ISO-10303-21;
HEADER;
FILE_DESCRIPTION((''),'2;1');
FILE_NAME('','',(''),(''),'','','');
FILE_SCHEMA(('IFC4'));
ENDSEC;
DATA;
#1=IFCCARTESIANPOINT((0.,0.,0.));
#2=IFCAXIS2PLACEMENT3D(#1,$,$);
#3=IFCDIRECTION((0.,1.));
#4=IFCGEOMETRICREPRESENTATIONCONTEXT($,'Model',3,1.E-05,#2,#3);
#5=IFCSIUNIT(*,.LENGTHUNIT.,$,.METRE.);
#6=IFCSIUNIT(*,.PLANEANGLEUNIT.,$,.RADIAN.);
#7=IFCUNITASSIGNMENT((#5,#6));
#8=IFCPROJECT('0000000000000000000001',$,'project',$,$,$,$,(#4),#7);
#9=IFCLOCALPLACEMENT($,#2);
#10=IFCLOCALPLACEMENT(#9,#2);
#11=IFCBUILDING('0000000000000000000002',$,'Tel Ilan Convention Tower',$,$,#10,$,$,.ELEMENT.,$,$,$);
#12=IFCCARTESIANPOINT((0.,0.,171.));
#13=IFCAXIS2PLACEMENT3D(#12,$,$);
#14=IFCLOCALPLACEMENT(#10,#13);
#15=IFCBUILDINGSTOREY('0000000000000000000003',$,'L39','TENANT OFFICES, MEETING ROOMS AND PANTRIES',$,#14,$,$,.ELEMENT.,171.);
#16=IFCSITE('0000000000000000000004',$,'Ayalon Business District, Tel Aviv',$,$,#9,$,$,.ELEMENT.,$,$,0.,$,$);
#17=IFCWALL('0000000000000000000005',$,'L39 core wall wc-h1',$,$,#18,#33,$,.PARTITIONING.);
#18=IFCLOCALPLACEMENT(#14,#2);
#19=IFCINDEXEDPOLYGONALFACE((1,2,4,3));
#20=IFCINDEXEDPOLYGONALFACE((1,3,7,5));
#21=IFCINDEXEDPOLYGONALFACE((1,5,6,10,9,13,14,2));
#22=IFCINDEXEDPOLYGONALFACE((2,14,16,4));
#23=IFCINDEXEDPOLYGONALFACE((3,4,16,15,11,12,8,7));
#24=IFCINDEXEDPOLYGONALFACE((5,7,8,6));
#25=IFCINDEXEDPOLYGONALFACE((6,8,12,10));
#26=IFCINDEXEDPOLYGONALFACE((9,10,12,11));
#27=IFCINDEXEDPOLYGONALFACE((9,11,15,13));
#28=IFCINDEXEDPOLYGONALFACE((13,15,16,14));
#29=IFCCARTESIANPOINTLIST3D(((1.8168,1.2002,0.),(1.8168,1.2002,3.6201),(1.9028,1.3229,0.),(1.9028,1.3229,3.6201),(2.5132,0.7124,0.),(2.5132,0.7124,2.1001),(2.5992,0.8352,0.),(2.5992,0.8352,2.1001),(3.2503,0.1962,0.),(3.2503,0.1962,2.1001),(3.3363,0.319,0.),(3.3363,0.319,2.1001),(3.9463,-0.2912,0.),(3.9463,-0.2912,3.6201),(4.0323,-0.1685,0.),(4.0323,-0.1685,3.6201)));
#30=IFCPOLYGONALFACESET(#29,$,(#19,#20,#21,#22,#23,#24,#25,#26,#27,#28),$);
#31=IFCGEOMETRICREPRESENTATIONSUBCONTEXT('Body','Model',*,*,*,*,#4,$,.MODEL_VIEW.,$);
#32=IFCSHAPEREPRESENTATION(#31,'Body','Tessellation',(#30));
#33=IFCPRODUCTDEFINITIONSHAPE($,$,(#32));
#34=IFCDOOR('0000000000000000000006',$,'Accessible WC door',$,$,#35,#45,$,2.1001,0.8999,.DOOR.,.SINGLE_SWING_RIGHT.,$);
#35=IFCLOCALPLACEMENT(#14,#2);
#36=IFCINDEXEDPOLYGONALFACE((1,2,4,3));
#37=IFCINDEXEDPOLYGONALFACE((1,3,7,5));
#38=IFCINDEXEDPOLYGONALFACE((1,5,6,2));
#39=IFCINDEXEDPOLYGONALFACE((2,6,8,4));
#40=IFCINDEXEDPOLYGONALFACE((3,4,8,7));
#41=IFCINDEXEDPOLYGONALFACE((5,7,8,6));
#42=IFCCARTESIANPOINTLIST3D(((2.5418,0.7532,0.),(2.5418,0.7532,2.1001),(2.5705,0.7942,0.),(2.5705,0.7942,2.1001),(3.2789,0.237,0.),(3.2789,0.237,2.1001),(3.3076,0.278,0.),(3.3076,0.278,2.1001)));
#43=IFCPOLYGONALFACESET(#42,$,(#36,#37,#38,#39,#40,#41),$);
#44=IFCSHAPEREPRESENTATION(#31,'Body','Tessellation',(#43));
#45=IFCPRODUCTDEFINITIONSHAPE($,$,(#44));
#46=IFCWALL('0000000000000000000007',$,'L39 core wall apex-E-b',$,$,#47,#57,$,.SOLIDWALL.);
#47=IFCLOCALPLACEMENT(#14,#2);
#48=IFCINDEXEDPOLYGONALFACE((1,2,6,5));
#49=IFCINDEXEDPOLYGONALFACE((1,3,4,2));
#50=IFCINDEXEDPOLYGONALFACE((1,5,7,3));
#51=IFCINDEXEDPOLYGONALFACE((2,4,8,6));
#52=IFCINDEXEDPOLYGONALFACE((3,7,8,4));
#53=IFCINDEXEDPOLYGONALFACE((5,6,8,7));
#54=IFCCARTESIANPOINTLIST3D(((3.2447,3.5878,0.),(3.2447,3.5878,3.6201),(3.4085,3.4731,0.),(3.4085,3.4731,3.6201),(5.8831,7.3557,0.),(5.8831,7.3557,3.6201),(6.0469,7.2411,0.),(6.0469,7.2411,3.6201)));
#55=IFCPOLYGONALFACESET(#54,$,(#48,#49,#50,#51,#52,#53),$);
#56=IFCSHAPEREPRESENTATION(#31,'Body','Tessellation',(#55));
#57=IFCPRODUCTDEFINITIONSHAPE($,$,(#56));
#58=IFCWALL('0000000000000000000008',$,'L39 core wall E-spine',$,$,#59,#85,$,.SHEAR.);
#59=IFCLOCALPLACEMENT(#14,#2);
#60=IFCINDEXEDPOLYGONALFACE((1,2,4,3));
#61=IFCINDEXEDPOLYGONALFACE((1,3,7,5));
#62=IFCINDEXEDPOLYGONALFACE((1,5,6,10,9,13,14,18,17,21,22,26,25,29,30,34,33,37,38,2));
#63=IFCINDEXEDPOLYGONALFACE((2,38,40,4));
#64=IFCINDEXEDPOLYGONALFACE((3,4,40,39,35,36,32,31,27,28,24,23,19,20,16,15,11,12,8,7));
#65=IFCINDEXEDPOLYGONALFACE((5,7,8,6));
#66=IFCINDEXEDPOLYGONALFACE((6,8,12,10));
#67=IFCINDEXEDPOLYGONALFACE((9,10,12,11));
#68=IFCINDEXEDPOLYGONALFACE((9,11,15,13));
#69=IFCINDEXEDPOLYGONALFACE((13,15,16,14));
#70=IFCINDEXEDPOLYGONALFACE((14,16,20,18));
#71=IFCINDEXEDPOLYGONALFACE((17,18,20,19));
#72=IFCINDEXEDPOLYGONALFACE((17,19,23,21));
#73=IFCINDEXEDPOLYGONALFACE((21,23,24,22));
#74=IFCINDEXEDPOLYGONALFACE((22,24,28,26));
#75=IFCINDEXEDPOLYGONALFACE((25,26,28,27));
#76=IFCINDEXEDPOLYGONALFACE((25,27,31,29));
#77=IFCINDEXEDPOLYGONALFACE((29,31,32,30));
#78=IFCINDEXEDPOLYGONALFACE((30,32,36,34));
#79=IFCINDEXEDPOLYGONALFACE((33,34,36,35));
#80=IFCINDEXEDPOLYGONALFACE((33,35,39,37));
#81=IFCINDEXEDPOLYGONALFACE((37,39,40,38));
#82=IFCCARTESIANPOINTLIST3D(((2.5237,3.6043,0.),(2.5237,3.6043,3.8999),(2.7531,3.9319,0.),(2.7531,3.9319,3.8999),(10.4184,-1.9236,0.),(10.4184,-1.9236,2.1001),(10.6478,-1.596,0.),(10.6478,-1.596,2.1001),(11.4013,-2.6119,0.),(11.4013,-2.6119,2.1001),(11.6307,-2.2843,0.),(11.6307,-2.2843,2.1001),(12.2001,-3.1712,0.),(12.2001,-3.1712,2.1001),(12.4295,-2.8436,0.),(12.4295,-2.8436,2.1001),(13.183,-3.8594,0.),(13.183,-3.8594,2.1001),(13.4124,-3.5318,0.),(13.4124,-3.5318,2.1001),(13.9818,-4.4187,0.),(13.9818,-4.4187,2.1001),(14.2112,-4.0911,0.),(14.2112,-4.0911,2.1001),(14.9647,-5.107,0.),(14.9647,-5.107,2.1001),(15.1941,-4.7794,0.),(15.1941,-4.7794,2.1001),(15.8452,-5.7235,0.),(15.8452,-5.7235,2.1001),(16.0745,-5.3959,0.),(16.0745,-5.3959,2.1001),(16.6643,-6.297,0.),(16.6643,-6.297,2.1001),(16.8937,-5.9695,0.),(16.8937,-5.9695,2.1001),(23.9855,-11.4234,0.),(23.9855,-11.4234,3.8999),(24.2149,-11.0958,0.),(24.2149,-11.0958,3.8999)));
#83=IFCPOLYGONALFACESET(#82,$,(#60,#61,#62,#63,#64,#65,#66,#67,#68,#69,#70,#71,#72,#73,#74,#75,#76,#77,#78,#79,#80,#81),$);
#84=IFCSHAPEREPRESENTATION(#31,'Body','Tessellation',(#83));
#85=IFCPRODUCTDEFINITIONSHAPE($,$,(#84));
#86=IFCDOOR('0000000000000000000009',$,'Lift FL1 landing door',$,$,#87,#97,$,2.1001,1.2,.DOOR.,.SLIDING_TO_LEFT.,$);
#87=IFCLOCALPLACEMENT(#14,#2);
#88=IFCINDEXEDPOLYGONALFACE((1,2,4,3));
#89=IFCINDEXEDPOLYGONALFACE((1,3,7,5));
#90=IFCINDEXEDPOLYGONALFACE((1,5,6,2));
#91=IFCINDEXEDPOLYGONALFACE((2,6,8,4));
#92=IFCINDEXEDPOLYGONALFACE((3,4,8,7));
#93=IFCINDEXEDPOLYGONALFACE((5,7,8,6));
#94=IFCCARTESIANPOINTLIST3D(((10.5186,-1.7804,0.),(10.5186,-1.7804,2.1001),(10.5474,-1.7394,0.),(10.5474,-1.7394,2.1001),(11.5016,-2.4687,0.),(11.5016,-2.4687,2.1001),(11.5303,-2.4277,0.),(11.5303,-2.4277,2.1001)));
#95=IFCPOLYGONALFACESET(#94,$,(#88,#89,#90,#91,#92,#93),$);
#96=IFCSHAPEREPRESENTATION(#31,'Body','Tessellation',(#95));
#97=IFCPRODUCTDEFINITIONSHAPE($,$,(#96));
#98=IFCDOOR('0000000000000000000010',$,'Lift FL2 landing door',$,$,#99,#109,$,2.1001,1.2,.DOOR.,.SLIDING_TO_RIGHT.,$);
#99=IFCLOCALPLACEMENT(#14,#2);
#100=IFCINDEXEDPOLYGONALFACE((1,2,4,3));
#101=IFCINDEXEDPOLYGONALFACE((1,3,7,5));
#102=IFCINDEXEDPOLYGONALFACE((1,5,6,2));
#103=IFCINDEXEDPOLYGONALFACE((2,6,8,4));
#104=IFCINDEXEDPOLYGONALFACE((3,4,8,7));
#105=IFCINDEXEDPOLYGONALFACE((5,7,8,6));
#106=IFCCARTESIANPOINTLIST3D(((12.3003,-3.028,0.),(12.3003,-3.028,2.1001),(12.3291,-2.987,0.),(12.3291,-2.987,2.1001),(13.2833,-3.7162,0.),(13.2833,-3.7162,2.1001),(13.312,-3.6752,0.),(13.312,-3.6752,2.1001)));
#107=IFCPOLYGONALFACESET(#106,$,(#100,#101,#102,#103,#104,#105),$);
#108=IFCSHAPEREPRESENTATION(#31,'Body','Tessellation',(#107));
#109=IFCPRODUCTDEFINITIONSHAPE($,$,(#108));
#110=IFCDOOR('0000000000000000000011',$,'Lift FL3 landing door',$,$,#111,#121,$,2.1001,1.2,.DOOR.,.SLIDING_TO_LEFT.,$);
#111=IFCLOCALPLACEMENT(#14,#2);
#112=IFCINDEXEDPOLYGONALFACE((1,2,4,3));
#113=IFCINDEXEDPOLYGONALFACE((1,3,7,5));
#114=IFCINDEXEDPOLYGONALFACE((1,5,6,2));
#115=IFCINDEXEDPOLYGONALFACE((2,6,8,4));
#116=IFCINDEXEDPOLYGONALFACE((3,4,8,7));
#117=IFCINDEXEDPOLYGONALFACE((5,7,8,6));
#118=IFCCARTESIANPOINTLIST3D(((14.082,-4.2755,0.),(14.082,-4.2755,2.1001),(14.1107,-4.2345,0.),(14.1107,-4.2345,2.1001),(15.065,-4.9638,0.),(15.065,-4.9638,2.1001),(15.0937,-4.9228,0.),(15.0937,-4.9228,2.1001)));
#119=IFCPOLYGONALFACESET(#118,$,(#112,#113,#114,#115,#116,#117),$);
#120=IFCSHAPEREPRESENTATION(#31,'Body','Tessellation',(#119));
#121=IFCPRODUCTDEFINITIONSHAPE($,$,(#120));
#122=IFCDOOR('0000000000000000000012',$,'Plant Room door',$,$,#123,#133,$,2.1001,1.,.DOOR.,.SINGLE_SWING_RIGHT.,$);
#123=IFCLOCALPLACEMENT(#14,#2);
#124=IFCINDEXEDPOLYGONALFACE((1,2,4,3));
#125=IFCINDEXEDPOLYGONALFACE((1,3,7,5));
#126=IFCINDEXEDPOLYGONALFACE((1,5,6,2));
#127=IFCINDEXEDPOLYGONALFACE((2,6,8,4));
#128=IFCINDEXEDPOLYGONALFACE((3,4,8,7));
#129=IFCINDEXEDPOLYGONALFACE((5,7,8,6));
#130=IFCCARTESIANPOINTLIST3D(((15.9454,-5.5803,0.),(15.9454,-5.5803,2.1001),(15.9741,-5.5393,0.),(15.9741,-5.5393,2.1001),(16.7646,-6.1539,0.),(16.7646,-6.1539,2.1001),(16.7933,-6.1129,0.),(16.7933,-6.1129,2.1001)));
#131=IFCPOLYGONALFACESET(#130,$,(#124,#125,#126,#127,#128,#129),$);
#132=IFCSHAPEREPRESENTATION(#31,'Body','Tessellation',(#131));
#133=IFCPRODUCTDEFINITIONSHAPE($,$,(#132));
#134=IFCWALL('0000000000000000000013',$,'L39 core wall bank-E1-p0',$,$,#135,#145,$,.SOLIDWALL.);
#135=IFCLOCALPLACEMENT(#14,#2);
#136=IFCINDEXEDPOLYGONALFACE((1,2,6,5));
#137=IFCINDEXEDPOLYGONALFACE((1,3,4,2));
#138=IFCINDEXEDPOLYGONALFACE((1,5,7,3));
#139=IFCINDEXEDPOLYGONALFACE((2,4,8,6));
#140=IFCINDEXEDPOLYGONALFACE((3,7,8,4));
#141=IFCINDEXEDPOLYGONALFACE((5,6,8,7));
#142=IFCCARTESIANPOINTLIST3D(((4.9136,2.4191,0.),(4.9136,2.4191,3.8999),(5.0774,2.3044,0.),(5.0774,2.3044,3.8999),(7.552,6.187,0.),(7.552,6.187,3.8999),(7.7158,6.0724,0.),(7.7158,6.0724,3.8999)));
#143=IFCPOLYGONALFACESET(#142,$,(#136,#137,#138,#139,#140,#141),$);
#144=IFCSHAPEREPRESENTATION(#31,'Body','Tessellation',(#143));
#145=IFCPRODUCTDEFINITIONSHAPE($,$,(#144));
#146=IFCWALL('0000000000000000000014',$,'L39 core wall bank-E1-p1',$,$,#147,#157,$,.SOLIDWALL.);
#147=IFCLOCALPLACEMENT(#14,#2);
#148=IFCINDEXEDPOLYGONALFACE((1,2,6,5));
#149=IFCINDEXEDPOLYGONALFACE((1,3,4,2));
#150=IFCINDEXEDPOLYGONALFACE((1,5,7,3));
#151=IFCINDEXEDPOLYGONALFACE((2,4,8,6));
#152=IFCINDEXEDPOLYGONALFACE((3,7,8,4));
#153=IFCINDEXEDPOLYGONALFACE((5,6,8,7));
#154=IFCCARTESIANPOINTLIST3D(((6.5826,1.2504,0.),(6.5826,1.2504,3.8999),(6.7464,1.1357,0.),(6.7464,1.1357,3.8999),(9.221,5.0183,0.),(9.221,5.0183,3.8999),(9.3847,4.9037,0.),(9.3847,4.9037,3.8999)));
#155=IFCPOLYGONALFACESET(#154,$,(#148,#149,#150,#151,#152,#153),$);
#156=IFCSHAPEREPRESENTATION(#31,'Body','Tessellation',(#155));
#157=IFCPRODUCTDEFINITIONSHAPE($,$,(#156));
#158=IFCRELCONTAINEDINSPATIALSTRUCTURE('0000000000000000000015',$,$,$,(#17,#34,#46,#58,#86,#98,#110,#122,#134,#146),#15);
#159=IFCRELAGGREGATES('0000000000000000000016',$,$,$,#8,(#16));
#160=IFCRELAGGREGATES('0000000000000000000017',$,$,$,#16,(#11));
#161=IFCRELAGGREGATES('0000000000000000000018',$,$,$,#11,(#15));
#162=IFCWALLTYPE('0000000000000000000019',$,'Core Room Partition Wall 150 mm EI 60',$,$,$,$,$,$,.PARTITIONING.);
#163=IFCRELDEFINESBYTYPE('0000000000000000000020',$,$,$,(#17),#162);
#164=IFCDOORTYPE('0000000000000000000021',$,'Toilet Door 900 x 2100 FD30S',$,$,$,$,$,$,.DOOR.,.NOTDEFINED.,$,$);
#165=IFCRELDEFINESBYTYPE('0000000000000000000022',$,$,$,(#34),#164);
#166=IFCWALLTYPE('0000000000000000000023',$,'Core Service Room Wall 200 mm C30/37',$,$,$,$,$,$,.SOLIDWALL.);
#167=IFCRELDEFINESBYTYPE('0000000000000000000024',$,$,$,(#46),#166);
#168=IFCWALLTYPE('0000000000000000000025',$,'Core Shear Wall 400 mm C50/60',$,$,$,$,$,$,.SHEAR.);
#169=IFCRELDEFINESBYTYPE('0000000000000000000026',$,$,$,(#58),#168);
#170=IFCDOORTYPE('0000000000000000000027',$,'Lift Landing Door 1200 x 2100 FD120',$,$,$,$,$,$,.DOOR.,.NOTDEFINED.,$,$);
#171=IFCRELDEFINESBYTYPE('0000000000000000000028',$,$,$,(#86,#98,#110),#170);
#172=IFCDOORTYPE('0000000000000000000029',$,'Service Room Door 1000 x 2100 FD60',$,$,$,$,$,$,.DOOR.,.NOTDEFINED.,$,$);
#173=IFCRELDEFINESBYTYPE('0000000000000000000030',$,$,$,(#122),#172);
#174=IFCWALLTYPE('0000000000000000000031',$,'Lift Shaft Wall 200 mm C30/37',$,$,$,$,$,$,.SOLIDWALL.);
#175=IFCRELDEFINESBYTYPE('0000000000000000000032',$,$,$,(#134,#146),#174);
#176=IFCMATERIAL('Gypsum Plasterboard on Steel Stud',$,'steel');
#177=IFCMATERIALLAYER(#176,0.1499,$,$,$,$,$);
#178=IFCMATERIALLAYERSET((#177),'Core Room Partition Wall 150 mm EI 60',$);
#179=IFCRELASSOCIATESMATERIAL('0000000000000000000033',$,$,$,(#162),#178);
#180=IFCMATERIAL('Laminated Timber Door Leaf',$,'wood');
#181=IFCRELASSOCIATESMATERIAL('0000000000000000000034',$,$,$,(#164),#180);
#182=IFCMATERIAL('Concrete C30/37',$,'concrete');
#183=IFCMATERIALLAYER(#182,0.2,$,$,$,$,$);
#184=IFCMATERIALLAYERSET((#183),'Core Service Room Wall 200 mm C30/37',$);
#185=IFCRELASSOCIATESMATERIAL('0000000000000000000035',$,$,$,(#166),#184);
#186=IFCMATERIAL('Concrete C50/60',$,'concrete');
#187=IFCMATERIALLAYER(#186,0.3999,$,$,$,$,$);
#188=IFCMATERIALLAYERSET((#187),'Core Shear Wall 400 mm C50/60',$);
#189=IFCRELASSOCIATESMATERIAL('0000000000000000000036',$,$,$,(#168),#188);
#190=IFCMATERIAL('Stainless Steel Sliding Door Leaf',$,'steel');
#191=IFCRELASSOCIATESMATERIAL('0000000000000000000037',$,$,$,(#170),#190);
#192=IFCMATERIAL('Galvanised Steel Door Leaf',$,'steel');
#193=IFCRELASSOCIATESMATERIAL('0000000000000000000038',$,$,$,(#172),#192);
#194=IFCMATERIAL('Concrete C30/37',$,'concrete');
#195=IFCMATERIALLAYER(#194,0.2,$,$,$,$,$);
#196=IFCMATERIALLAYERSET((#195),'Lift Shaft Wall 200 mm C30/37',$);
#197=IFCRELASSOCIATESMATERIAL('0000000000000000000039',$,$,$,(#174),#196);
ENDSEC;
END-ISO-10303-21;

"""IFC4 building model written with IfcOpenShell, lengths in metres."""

from ifc_helpers import new_model, si_unit, direction, frame, frame_2d, origin, place, context, subcontext, project, spatial, polyline, rectangle, outline, extrude, material, layer, layer_set, type_object, element, fill, save


model = new_model("IFC4")

# Units and contexts
model_context = context("Model", 3, precision=1e-05, world=origin(), true_north=direction((0.0, 1.0)))
body_context = subcontext(model_context, "Body", "Model", "MODEL_VIEW")
ifc_project = project(units=[si_unit("LENGTHUNIT", "METRE"), si_unit("PLANEANGLEUNIT", "RADIAN")], contexts=[model_context])

# Site, building, storey
site_placement = place(None, origin())
site = spatial("IfcSite", under=ifc_project, at=site_placement, Name="Ayalon Business District, Tel Aviv", CompositionType="ELEMENT", RefElevation=0.0)
building_placement = place(site_placement, origin())
building = spatial("IfcBuilding", under=site, at=building_placement, Name="Tel Ilan Convention Tower", CompositionType="ELEMENT")
storey_placement = place(building_placement, frame((0.0, 0.0, 171.0)))
storey = spatial("IfcBuildingStorey", under=building, at=storey_placement, Name="L39", Description="TENANT OFFICES, MEETING ROOMS AND PANTRIES", CompositionType="ELEMENT", Elevation=171.0)

# Wall, opening, door
ifc_material_1 = material(Name="Gypsum Plasterboard on Steel Stud", Category="steel")
ifc_layer_1 = layer(ifc_material_1, 0.1499)
ifc_layer_set_1 = layer_set([ifc_layer_1], Name="Core Room Partition Wall 150 mm EI 60")
wall_type_1 = type_object("IfcWallType", Name="Core Room Partition Wall 150 mm EI 60", PredefinedType="PARTITIONING", material=ifc_layer_set_1)
wall_1_placement = place(storey_placement, frame((1.8599, 1.2615, 0.0), z_axis=(0.0, 0.0, 1.0), x_axis=(0.819104, -0.573645, 0.0)))
wall_1 = element("IfcWall", 1, at=wall_1_placement, inside=storey, type_object=wall_type_1, Name="L39 core wall wc-h1", PredefinedType="PARTITIONING", context=body_context, shape_type="SweptSolid", body=[
    extrude(rectangle(XDim=2.5999, YDim=0.1499, at=frame_2d((1.2998, 0.0))), origin(), (0.0, 0.0, 1.0), 3.6201),
])
opening_1_placement = place(wall_1_placement, frame((0.8501, 0.0, 0.0)))
opening_1 = element("IfcOpeningElement", 2, at=opening_1_placement, cuts=wall_1, PredefinedType="OPENING", context=body_context, shape_type="SweptSolid", body=[
    extrude(rectangle(XDim=0.8999, YDim=2.1001, at=frame_2d((0.45, 1.05))), frame((0.0, 0.085, 0.0), z_axis=(0.0, -1.0, 0.0), x_axis=(1.0, 0.0, 0.0)), (0.0, 0.0, 1.0), 0.1699),
])
ifc_material_2 = material(Name="Laminated Timber Door Leaf", Category="wood")
door_type_1 = type_object("IfcDoorType", Name="Toilet Door 900 x 2100 FD30S", OperationType="NOTDEFINED", PredefinedType="DOOR", material=ifc_material_2)
door_1_placement = place(opening_1_placement, origin())
door_1 = element("IfcDoor", 3, at=door_1_placement, inside=storey, type_object=door_type_1, Name="Accessible WC door", OperationType="SINGLE_SWING_RIGHT", OverallHeight=2.1001, OverallWidth=0.8999, PredefinedType="DOOR", context=body_context, shape_type="SweptSolid", body=[
    extrude(rectangle(XDim=0.8999, YDim=2.1001, at=frame_2d((0.45, 1.05))), frame((0.0, 0.0249, 0.0), z_axis=(0.0, -1.0, 0.0), x_axis=(1.0, 0.0, 0.0)), (0.0, 0.0, 1.0), 0.05),
])
fill(opening_1, door_1)

# Wall
ifc_material_3 = material(Name="Concrete C30/37", Category="concrete")
ifc_layer_2 = layer(ifc_material_3, 0.2)
ifc_layer_set_2 = layer_set([ifc_layer_2], Name="Core Service Room Wall 200 mm C30/37")
wall_type_2 = type_object("IfcWallType", Name="Core Service Room Wall 200 mm C30/37", PredefinedType="SOLIDWALL", material=ifc_layer_set_2)
wall_2_placement = place(storey_placement, frame((3.3267, 3.5305, 0.0), z_axis=(0.0, 0.0, 1.0), x_axis=(0.573576, 0.819152, 0.0)))
element("IfcWall", 4, at=wall_2_placement, inside=storey, type_object=wall_type_2, Name="L39 core wall apex-E-b", PredefinedType="SOLIDWALL", context=body_context, shape_type="SweptSolid", body=[
    extrude(rectangle(XDim=4.5999, YDim=0.2, at=frame_2d((2.2998, 0.0))), origin(), (0.0, 0.0, 1.0), 3.6201),
])

# Wall, openings, doors
ifc_material_4 = material(Name="Concrete C50/60", Category="concrete")
ifc_layer_3 = layer(ifc_material_4, 0.3999)
ifc_layer_set_3 = layer_set([ifc_layer_3], Name="Core Shear Wall 400 mm C50/60")
wall_type_3 = type_object("IfcWallType", Name="Core Shear Wall 400 mm C50/60", PredefinedType="SHEAR", material=ifc_layer_set_3)
wall_3_placement = place(storey_placement, frame((2.6384, 3.7681, 0.0), z_axis=(0.0, 0.0, 1.0), x_axis=(0.819153, -0.573576, 0.0)))
wall_3 = element("IfcWall", 5, at=wall_3_placement, inside=storey, type_object=wall_type_3, Name="L39 core wall E-spine", PredefinedType="SHEAR", context=body_context, shape_type="SweptSolid", body=[
    extrude(outline(polyline([(0.0, 0.2), (0.0, -0.2), (26.2, -0.2), (26.2, 0.2), (0.0, 0.2)])), origin(), (0.0, 0.0, 1.0), 3.8999),
])
opening_2_placement = place(wall_3_placement, frame((9.6375, 0.0, 0.0)))
opening_2 = element("IfcOpeningElement", 6, at=opening_2_placement, cuts=wall_3, PredefinedType="OPENING", context=body_context, shape_type="SweptSolid", body=[
    extrude(rectangle(XDim=1.2, YDim=2.1001, at=frame_2d((0.6001, 1.05))), frame((0.0, 0.21, 0.0), z_axis=(0.0, -1.0, 0.0), x_axis=(1.0, 0.0, 0.0)), (0.0, 0.0, 1.0), 0.4199),
])
opening_3_placement = place(wall_3_placement, frame((11.8125, 0.0, 0.0)))
opening_3 = element("IfcOpeningElement", 7, at=opening_3_placement, cuts=wall_3, PredefinedType="OPENING", context=body_context, shape_type="SweptSolid", body=[
    extrude(rectangle(XDim=1.2, YDim=2.1001, at=frame_2d((0.6001, 1.05))), frame((0.0, 0.21, 0.0), z_axis=(0.0, -1.0, 0.0), x_axis=(1.0, 0.0, 0.0)), (0.0, 0.0, 1.0), 0.4199),
])
opening_4_placement = place(wall_3_placement, frame((13.9875, 0.0, 0.0)))
opening_4 = element("IfcOpeningElement", 8, at=opening_4_placement, cuts=wall_3, PredefinedType="OPENING", context=body_context, shape_type="SweptSolid", body=[
    extrude(rectangle(XDim=1.2, YDim=2.1001, at=frame_2d((0.6001, 1.05))), frame((0.0, 0.21, 0.0), z_axis=(0.0, -1.0, 0.0), x_axis=(1.0, 0.0, 0.0)), (0.0, 0.0, 1.0), 0.4199),
])
opening_5_placement = place(wall_3_placement, frame((16.2625, 0.0, 0.0)))
opening_5 = element("IfcOpeningElement", 9, at=opening_5_placement, cuts=wall_3, PredefinedType="OPENING", context=body_context, shape_type="SweptSolid", body=[
    extrude(rectangle(XDim=1.0, YDim=2.1001, at=frame_2d((0.5, 1.05))), frame((0.0, 0.21, 0.0), z_axis=(0.0, -1.0, 0.0), x_axis=(1.0, 0.0, 0.0)), (0.0, 0.0, 1.0), 0.4199),
])
ifc_material_5 = material(Name="Stainless Steel Sliding Door Leaf", Category="steel")
door_type_2 = type_object("IfcDoorType", Name="Lift Landing Door 1200 x 2100 FD120", OperationType="NOTDEFINED", PredefinedType="DOOR", material=ifc_material_5)
door_2_placement = place(opening_2_placement, origin())
door_2 = element("IfcDoor", 10, at=door_2_placement, inside=storey, type_object=door_type_2, Name="Lift FL1 landing door", OperationType="SLIDING_TO_LEFT", OverallHeight=2.1001, OverallWidth=1.2, PredefinedType="DOOR", context=body_context, shape_type="SweptSolid", body=[
    extrude(rectangle(XDim=1.2, YDim=2.1001, at=frame_2d((0.6001, 1.05))), frame((0.0, 0.0249, 0.0), z_axis=(0.0, -1.0, 0.0), x_axis=(1.0, 0.0, 0.0)), (0.0, 0.0, 1.0), 0.05),
])
fill(opening_2, door_2)
door_3_placement = place(opening_3_placement, origin())
door_3 = element("IfcDoor", 11, at=door_3_placement, inside=storey, type_object=door_type_2, Name="Lift FL2 landing door", OperationType="SLIDING_TO_RIGHT", OverallHeight=2.1001, OverallWidth=1.2, PredefinedType="DOOR", context=body_context, shape_type="SweptSolid", body=[
    extrude(rectangle(XDim=1.2, YDim=2.1001, at=frame_2d((0.6001, 1.05))), frame((0.0, 0.0249, 0.0), z_axis=(0.0, -1.0, 0.0), x_axis=(1.0, 0.0, 0.0)), (0.0, 0.0, 1.0), 0.05),
])
fill(opening_3, door_3)
door_4_placement = place(opening_4_placement, origin())
door_4 = element("IfcDoor", 12, at=door_4_placement, inside=storey, type_object=door_type_2, Name="Lift FL3 landing door", OperationType="SLIDING_TO_LEFT", OverallHeight=2.1001, OverallWidth=1.2, PredefinedType="DOOR", context=body_context, shape_type="SweptSolid", body=[
    extrude(rectangle(XDim=1.2, YDim=2.1001, at=frame_2d((0.6001, 1.05))), frame((0.0, 0.0249, 0.0), z_axis=(0.0, -1.0, 0.0), x_axis=(1.0, 0.0, 0.0)), (0.0, 0.0, 1.0), 0.05),
])
fill(opening_4, door_4)
ifc_material_6 = material(Name="Galvanised Steel Door Leaf", Category="steel")
door_type_3 = type_object("IfcDoorType", Name="Service Room Door 1000 x 2100 FD60", OperationType="NOTDEFINED", PredefinedType="DOOR", material=ifc_material_6)
door_5_placement = place(opening_5_placement, origin())
door_5 = element("IfcDoor", 13, at=door_5_placement, inside=storey, type_object=door_type_3, Name="Plant Room door", OperationType="SINGLE_SWING_RIGHT", OverallHeight=2.1001, OverallWidth=1.0, PredefinedType="DOOR", context=body_context, shape_type="SweptSolid", body=[
    extrude(rectangle(XDim=1.0, YDim=2.1001, at=frame_2d((0.5, 1.05))), frame((0.0, 0.0249, 0.0), z_axis=(0.0, -1.0, 0.0), x_axis=(1.0, 0.0, 0.0)), (0.0, 0.0, 1.0), 0.05),
])
fill(opening_5, door_5)

# Walls
ifc_material_7 = material(Name="Concrete C30/37", Category="concrete")
ifc_layer_4 = layer(ifc_material_7, 0.2)
ifc_layer_set_4 = layer_set([ifc_layer_4], Name="Lift Shaft Wall 200 mm C30/37")
wall_type_4 = type_object("IfcWallType", Name="Lift Shaft Wall 200 mm C30/37", PredefinedType="SOLIDWALL", material=ifc_layer_set_4)
for number, where, z_axis, x_axis, name in (
    (14, (4.9956, 2.3618, 0.0), (0.0, 0.0, 1.0), (0.573576, 0.819152, 0.0), "L39 core wall bank-E1-p0"),
    (15, (6.6646, 1.1931, 0.0), (0.0, 0.0, 1.0), (0.573576, 0.819152, 0.0), "L39 core wall bank-E1-p1"),
):
    element("IfcWall", number, at=place(storey_placement, frame(where, z_axis=z_axis, x_axis=x_axis)), inside=storey, type_object=wall_type_4, Name=name, PredefinedType="SOLIDWALL", context=body_context, shape_type="SweptSolid", body=[
        extrude(rectangle(XDim=4.5999, YDim=0.2, at=frame_2d((2.2998, 0.0))), origin(), (0.0, 0.0, 1.0), 3.8999),
    ])

save(model, "model.ifc")
